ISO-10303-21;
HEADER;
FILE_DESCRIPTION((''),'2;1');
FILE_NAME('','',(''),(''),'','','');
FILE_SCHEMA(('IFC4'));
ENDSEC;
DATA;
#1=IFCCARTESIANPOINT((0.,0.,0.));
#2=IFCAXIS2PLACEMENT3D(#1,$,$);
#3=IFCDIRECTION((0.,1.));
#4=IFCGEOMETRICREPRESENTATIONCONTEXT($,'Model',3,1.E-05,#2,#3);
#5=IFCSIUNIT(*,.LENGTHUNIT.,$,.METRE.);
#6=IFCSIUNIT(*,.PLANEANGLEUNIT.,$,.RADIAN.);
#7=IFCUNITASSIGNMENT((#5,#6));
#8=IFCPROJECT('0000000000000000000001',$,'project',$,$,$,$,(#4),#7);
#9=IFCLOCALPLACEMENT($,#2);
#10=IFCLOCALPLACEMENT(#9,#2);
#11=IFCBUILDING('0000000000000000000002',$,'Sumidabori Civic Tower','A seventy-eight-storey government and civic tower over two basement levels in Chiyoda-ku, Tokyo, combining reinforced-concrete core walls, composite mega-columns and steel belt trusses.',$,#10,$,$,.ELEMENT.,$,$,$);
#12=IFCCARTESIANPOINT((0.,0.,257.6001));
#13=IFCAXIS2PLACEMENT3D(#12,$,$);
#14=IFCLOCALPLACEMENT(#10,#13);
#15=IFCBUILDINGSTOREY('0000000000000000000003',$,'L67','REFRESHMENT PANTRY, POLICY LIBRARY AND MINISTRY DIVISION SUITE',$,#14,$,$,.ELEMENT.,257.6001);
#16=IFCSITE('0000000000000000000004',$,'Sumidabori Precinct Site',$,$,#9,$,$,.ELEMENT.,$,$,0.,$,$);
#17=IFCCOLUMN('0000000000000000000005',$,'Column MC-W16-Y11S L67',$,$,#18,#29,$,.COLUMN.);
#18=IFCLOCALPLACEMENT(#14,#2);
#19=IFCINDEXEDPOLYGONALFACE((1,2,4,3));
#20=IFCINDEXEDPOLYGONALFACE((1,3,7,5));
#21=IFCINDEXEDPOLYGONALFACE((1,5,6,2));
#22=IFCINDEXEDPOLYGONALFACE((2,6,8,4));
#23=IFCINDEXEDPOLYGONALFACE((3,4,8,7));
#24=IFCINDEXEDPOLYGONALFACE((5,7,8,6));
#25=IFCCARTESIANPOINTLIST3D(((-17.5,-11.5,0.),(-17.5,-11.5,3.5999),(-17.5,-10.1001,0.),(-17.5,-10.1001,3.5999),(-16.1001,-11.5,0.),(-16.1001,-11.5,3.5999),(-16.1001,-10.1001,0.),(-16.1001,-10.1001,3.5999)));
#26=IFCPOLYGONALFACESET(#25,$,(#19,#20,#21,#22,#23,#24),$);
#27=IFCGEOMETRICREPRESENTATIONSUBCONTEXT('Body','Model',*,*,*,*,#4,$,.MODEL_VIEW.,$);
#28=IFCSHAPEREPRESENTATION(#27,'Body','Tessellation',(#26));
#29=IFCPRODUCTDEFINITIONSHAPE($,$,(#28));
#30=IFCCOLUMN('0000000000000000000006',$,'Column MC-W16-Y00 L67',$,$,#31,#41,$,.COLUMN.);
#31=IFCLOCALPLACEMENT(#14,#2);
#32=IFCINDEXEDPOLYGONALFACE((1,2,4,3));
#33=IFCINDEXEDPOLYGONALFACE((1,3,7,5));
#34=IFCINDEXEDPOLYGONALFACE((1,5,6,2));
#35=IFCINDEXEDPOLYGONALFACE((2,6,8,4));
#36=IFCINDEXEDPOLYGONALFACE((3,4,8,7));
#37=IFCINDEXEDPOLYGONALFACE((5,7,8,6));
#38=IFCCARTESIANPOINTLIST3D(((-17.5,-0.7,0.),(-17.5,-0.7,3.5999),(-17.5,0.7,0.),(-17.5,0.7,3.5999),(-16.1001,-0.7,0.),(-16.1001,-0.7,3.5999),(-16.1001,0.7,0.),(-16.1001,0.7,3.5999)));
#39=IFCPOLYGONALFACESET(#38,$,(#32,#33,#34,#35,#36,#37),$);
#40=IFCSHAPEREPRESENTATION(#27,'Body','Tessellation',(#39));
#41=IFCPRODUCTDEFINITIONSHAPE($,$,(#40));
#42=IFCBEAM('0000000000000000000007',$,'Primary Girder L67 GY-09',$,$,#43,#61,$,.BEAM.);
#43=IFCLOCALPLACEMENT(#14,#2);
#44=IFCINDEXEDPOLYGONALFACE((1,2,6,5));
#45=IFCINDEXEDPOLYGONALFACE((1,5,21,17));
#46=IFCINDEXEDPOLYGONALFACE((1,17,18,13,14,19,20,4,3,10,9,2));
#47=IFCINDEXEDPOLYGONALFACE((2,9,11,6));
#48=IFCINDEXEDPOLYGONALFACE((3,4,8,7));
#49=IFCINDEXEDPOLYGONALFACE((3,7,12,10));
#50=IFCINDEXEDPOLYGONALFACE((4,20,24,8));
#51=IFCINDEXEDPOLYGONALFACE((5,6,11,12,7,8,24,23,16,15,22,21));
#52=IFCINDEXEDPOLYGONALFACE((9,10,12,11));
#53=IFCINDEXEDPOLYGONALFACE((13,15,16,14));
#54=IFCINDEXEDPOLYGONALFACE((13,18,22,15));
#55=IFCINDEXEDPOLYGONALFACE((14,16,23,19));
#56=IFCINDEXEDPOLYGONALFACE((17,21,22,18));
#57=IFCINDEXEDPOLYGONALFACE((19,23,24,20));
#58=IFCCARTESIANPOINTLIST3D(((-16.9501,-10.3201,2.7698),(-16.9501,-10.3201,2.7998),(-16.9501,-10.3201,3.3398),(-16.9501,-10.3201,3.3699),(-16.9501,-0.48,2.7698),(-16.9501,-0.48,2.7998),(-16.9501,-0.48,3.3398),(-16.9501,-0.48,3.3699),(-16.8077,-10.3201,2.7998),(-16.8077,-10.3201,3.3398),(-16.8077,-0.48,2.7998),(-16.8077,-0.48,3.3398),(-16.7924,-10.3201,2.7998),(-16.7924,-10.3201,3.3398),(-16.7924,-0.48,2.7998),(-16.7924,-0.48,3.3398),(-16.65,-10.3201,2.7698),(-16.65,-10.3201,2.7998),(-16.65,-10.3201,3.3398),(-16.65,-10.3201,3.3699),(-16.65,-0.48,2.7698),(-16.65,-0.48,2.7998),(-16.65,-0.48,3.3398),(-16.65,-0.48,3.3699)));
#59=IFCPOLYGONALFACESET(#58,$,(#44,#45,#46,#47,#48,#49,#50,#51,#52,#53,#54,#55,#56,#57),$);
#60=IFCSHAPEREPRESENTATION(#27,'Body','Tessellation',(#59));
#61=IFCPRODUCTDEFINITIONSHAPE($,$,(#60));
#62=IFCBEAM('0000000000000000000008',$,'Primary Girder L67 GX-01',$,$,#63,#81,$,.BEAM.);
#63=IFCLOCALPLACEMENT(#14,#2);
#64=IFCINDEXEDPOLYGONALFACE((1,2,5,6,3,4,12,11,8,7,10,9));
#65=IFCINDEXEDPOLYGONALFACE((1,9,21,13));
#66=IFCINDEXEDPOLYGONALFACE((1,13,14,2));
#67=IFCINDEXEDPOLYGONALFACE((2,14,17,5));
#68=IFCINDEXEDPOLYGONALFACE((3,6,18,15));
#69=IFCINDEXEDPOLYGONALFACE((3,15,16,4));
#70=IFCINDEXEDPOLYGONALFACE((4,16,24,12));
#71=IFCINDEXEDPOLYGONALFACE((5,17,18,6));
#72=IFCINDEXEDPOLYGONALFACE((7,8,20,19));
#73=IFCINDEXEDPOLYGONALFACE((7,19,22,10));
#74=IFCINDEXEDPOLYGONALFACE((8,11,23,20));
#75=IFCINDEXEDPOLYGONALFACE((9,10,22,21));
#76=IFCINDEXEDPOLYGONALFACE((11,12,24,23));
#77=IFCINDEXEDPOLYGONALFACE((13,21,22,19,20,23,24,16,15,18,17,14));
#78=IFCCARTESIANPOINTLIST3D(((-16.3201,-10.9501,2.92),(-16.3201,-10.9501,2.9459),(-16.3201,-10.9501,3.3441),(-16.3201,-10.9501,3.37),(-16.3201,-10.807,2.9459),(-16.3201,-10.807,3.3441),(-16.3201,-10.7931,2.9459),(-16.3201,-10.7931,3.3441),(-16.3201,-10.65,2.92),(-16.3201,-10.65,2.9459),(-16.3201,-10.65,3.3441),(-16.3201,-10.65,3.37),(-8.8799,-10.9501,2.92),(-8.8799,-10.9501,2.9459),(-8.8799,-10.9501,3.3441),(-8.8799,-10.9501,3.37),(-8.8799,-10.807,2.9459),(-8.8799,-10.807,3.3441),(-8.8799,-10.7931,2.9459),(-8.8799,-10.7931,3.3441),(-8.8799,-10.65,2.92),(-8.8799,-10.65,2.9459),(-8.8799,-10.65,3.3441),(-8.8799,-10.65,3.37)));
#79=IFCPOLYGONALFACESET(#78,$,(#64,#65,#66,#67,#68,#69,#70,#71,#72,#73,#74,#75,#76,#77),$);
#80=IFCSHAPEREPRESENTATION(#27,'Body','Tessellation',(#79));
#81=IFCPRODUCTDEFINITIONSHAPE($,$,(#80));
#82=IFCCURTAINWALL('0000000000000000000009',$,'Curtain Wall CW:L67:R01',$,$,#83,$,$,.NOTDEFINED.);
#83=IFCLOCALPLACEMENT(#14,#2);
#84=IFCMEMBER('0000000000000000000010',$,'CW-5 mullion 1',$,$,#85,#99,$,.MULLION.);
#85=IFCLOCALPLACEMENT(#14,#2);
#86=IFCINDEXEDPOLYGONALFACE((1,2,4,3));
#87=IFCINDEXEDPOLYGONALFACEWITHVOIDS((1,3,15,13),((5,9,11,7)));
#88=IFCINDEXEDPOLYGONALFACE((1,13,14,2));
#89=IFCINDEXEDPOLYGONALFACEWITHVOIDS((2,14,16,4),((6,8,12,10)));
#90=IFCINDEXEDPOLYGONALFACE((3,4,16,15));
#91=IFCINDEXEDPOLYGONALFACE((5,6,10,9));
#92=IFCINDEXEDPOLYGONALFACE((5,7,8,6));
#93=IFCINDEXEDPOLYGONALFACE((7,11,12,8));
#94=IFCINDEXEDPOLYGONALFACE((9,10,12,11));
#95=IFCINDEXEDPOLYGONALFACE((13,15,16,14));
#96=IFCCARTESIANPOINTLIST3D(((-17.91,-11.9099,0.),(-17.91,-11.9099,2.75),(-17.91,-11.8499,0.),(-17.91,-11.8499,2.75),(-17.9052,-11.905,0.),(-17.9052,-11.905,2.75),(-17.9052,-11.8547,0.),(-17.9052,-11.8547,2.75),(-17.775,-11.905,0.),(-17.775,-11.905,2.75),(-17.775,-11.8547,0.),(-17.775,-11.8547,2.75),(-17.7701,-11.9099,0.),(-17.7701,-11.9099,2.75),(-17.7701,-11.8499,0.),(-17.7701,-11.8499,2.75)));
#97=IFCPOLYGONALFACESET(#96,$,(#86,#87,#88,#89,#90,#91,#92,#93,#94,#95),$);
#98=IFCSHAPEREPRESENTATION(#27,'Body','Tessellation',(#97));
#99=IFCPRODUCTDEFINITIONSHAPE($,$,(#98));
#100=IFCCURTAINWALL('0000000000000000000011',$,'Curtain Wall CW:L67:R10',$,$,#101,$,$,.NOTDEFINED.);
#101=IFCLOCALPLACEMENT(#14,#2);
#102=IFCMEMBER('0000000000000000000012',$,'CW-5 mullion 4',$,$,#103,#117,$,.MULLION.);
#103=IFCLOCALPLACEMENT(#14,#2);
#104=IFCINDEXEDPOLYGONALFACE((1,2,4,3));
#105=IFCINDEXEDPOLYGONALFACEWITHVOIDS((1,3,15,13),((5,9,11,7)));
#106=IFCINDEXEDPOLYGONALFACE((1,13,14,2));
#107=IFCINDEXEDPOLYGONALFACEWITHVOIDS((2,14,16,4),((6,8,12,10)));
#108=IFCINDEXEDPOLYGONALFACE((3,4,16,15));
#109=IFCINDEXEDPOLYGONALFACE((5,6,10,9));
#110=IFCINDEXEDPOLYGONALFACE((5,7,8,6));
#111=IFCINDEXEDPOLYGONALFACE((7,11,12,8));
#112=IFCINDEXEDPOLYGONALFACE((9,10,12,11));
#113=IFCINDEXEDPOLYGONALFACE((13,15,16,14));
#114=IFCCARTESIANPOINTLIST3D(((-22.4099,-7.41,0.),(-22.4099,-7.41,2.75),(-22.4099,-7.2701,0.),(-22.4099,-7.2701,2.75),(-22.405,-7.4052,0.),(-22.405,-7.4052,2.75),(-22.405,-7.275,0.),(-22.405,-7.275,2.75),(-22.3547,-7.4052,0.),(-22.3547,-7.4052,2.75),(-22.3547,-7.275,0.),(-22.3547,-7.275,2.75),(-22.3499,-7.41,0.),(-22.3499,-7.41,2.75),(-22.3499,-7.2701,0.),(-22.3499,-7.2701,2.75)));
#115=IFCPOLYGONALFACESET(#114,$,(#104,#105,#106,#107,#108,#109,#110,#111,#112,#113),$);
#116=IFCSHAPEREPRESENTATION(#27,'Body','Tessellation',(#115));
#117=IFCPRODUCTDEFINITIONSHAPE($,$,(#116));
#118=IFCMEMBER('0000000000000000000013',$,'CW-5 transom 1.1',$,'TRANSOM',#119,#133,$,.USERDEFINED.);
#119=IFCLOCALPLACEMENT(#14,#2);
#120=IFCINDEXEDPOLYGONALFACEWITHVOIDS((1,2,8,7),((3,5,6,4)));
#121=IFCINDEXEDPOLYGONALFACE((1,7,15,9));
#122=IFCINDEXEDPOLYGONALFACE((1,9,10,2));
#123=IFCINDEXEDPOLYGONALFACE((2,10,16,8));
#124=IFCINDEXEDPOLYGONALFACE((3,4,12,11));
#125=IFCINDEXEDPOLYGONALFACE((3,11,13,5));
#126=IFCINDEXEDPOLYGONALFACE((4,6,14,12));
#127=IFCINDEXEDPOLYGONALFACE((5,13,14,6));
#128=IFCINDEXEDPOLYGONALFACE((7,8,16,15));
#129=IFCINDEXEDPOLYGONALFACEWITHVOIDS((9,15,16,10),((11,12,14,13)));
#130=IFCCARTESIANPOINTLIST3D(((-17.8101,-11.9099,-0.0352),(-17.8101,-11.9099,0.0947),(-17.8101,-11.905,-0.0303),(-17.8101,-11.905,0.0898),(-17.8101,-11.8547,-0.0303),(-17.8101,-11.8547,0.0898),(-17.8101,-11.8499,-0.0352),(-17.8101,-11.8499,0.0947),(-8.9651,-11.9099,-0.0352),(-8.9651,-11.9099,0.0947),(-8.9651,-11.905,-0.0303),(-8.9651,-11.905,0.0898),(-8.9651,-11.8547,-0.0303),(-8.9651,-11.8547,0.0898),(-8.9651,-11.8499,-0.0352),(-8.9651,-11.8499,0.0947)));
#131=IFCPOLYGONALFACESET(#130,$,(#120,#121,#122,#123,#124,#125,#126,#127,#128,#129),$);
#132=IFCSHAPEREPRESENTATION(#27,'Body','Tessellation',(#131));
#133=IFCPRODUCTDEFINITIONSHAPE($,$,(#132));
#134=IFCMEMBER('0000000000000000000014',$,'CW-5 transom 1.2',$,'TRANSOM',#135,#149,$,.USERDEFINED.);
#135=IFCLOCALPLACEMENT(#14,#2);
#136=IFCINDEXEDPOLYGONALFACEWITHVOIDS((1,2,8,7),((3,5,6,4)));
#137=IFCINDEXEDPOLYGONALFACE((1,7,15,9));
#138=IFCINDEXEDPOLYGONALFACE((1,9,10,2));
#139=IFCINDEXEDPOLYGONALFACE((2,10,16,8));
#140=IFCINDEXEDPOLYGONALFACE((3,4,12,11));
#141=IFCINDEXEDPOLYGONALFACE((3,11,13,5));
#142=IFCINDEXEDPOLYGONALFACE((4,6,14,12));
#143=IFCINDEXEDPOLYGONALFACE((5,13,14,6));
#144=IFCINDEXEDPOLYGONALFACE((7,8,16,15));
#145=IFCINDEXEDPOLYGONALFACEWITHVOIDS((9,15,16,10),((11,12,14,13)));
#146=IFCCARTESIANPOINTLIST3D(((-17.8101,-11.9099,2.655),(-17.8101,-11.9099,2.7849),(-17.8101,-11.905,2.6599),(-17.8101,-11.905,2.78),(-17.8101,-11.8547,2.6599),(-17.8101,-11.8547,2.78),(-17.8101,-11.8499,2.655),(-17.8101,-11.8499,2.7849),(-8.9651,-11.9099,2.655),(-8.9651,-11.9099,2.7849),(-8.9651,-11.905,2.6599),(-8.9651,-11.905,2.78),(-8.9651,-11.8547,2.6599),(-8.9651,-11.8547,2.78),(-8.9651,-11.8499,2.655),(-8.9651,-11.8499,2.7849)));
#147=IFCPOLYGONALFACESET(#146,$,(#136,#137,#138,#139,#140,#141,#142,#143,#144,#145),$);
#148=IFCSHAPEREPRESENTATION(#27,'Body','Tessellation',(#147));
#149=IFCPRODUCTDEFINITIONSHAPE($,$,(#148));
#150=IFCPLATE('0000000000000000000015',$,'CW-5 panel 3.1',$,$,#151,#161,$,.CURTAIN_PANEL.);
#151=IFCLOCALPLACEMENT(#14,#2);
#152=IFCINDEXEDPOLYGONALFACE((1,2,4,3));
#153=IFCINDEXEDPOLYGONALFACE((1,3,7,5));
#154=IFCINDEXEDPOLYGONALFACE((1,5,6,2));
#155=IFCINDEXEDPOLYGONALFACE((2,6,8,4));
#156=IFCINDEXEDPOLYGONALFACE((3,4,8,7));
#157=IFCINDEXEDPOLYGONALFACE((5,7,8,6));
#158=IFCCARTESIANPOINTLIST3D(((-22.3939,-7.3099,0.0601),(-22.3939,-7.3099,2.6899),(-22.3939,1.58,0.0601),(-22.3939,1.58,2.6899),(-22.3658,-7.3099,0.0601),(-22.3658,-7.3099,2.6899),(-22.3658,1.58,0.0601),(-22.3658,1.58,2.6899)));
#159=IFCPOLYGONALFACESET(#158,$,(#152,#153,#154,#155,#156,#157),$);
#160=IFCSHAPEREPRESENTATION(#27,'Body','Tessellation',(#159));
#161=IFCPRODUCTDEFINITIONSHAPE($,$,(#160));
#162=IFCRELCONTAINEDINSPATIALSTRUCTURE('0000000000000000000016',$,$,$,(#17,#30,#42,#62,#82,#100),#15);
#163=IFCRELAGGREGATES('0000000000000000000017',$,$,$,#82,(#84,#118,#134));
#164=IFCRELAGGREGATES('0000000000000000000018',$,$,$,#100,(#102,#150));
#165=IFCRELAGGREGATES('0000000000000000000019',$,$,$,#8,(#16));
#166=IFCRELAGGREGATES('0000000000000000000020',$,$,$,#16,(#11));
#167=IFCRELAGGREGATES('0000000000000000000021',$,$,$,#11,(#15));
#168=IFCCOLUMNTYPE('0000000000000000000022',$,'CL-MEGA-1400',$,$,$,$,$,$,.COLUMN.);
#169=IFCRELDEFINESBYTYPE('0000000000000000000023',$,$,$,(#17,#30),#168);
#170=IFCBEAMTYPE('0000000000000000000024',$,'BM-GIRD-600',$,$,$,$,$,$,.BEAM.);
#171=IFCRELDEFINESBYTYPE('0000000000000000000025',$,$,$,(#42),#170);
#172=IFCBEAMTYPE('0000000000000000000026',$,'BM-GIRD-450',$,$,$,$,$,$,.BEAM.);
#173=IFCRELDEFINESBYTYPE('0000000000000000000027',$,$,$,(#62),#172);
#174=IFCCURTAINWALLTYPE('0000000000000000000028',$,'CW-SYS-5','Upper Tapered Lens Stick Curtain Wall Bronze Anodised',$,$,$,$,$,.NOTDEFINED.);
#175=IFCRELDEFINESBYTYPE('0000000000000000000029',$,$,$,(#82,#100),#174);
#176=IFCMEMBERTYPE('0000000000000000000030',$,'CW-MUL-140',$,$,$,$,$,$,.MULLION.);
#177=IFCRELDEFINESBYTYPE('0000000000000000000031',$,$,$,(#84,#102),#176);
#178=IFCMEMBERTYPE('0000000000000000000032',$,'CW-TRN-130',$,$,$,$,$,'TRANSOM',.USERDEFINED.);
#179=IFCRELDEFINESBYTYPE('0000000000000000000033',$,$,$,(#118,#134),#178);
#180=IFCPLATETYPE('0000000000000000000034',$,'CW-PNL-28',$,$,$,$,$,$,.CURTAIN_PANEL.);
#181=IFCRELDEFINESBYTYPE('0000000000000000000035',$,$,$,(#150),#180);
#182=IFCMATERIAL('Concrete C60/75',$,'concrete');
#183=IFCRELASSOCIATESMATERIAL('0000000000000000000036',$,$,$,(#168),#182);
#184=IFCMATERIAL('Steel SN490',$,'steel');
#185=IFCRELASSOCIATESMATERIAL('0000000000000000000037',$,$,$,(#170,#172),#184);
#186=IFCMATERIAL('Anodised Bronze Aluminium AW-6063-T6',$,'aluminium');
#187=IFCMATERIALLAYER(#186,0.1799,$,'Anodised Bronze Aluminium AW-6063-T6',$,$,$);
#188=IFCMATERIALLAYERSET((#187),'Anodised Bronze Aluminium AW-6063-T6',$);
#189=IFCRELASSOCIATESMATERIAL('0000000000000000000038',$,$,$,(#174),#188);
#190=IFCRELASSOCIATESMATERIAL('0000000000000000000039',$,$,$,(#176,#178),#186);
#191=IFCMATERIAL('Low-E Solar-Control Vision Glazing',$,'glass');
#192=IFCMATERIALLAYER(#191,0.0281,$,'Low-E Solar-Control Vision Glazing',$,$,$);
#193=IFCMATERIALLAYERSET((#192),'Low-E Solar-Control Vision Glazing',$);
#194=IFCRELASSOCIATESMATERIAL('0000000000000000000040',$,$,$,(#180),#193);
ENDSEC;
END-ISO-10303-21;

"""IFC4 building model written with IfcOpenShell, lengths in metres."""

from ifc_helpers import new_model, si_unit, direction, frame, origin, origin_2d, place, context, subcontext, project, spatial, rectangle, hollow_rectangle, i_section, extrude, source, transform, mapped, material, layer, layer_set, material_profile, profile_set, type_object, element, aggregate, save


model = new_model("IFC4")

# Units and contexts
model_context = context("Model", 3, precision=1e-05, world=origin(), true_north=direction((0.0, 1.0)))
body_context = subcontext(model_context, "Body", "Model", "MODEL_VIEW")
ifc_project = project(units=[si_unit("LENGTHUNIT", "METRE"), si_unit("PLANEANGLEUNIT", "RADIAN")], contexts=[model_context])

# Site, building, storey
site_placement = place(None, origin())
site = spatial("IfcSite", under=ifc_project, at=site_placement, Name="Sumidabori Precinct Site", CompositionType="ELEMENT", RefElevation=0.0)
building_placement = place(site_placement, origin())
building = spatial("IfcBuilding", under=site, at=building_placement, Name="Sumidabori Civic Tower", Description="A seventy-eight-storey government and civic tower over two basement levels in Chiyoda-ku, Tokyo, combining reinforced-concrete core walls, composite mega-columns and steel belt trusses.", CompositionType="ELEMENT")
storey_placement = place(building_placement, frame((0.0, 0.0, 257.6001)))
storey = spatial("IfcBuildingStorey", under=building, at=storey_placement, Name="L67", Description="REFRESHMENT PANTRY, POLICY LIBRARY AND MINISTRY DIVISION SUITE", CompositionType="ELEMENT", Elevation=257.6001)

# Columns
ifc_material_1 = material(Name="Concrete C60/75", Category="concrete")
ifc_material_profile_1 = material_profile(ifc_material_1, rectangle(XDim=1.3999, YDim=1.3999, at=origin_2d()), Name="RC 1400x1400")
ifc_profile_set_1 = profile_set([ifc_material_profile_1], Name="Concrete C60/75")
column_type = type_object("IfcColumnType", Name="CL-MEGA-1400", PredefinedType="COLUMN", material=ifc_profile_set_1)
shared_shape_1 = source(origin(), body_context, "Body", "SweptSolid", [
    extrude(rectangle(XDim=1.3999, YDim=1.3999, at=origin_2d()), origin(), (0.0, 0.0, 1.0), 3.5999),
])
for number, where, z_axis, x_axis, name in (
    (1, (-16.8, -10.8, 0.0), (0.0, 0.0, 1.0), (1.0, 0.0, 0.0), "Column MC-W16-Y11S L67"),
    (2, (-16.8, 0.0, 0.0), (0.0, 0.0, 1.0), (1.0, 0.0, 0.0), "Column MC-W16-Y00 L67"),
):
    element("IfcColumn", number, at=place(storey_placement, frame(where, z_axis=z_axis, x_axis=x_axis)), inside=storey, type_object=column_type, Name=name, PredefinedType="COLUMN", context=body_context, shape_type="MappedRepresentation", body=[
        mapped(shared_shape_1, transform((0.0, 0.0, 0.0), x_axis=(1.0, 0.0, 0.0), y_axis=(0.0, 1.0, 0.0), z_axis=(0.0, 0.0, 1.0), scale=1.0)),
    ])

# Beams
ifc_material_2 = material(Name="Steel SN490", Category="steel")
ifc_material_profile_2 = material_profile(ifc_material_2, i_section(OverallWidth=0.3, OverallDepth=0.6001, WebThickness=0.0154, FlangeThickness=0.03, at=origin_2d()), Name="HE 600 B")
ifc_profile_set_2 = profile_set([ifc_material_profile_2], Name="Steel SN490")
beam_type_1 = type_object("IfcBeamType", Name="BM-GIRD-600", PredefinedType="BEAM", material=ifc_profile_set_2)
shared_shape_2 = source(origin(), body_context, "Body", "SweptSolid", [
    extrude(i_section(OverallWidth=0.3, OverallDepth=0.6001, WebThickness=0.0154, FlangeThickness=0.03, at=origin_2d()), origin(), (0.0, 0.0, 1.0), 9.8401),
])
beam_1_placement = place(storey_placement, frame((-16.8, -10.3201, 3.0698), z_axis=(0.0, 1.0, 0.0), x_axis=(-1.0, 0.0, 0.0)))
element("IfcBeam", 3, at=beam_1_placement, inside=storey, type_object=beam_type_1, Name="Primary Girder L67 GY-09", PredefinedType="BEAM", context=body_context, shape_type="MappedRepresentation", body=[
    mapped(shared_shape_2, transform((0.0, 0.0, 0.0), x_axis=(1.0, 0.0, 0.0), y_axis=(0.0, 1.0, 0.0), z_axis=(0.0, 0.0, 1.0), scale=1.0)),
])
ifc_material_profile_3 = material_profile(ifc_material_2, i_section(OverallWidth=0.3, OverallDepth=0.45, WebThickness=0.0139, FlangeThickness=0.0259, at=origin_2d()), Name="HE 450 B")
ifc_profile_set_3 = profile_set([ifc_material_profile_3], Name="Steel SN490")
beam_type_2 = type_object("IfcBeamType", Name="BM-GIRD-450", PredefinedType="BEAM", material=ifc_profile_set_3)
shared_shape_3 = source(origin(), body_context, "Body", "SweptSolid", [
    extrude(i_section(OverallWidth=0.3, OverallDepth=0.45, WebThickness=0.0139, FlangeThickness=0.0259, at=origin_2d()), origin(), (0.0, 0.0, 1.0), 7.4402),
])
beam_2_placement = place(storey_placement, frame((-16.3201, -10.8, 3.145), z_axis=(1.0, 0.0, 0.0), x_axis=(0.0, 1.0, 0.0)))
element("IfcBeam", 4, at=beam_2_placement, inside=storey, type_object=beam_type_2, Name="Primary Girder L67 GX-01", PredefinedType="BEAM", context=body_context, shape_type="MappedRepresentation", body=[
    mapped(shared_shape_3, transform((0.0, 0.0, 0.0), x_axis=(1.0, 0.0, 0.0), y_axis=(0.0, 1.0, 0.0), z_axis=(0.0, 0.0, 1.0), scale=1.0)),
])

# Curtain walls, members
ifc_material_3 = material(Name="Anodised Bronze Aluminium AW-6063-T6", Category="aluminium")
ifc_layer_1 = layer(ifc_material_3, 0.1799, Name="Anodised Bronze Aluminium AW-6063-T6")
ifc_layer_set_1 = layer_set([ifc_layer_1], Name="Anodised Bronze Aluminium AW-6063-T6")
curtain_wall_type = type_object("IfcCurtainWallType", Name="CW-SYS-5", Description="Upper Tapered Lens Stick Curtain Wall Bronze Anodised", PredefinedType="NOTDEFINED", material=ifc_layer_set_1)
curtain_wall_1_placement = place(storey_placement, origin())
curtain_wall_1 = element("IfcCurtainWall", 5, at=curtain_wall_1_placement, inside=storey, type_object=curtain_wall_type, Name="Curtain Wall CW:L67:R01", PredefinedType="NOTDEFINED")
ifc_material_profile_4 = material_profile(ifc_material_3, hollow_rectangle(XDim=0.0601, YDim=0.1399, WallThickness=0.0049, at=origin_2d()), Name="ALU MULLION 140x60")
ifc_profile_set_4 = profile_set([ifc_material_profile_4], Name="Anodised Bronze Aluminium AW-6063-T6")
member_type_1 = type_object("IfcMemberType", Name="CW-MUL-140", PredefinedType="MULLION", material=ifc_profile_set_4)
shared_shape_4 = source(origin(), body_context, "Body", "SweptSolid", [
    extrude(hollow_rectangle(XDim=0.0601, YDim=0.1399, WallThickness=0.0049, at=origin_2d()), origin(), (0.0, 0.0, 1.0), 2.75),
])
member_1_placement = place(storey_placement, frame((-17.8401, -11.8799, 0.0), z_axis=(0.0, 0.0, 1.0), x_axis=(0.0, 1.0, 0.0)))
member_1 = element("IfcMember", 6, at=member_1_placement, type_object=member_type_1, Name="CW-5 mullion 1", PredefinedType="MULLION", context=body_context, shape_type="MappedRepresentation", body=[
    mapped(shared_shape_4, transform((0.0, 0.0, 0.0), x_axis=(1.0, 0.0, 0.0), y_axis=(0.0, 1.0, 0.0), z_axis=(0.0, 0.0, 1.0), scale=1.0)),
])
curtain_wall_2_placement = place(storey_placement, origin())
curtain_wall_2 = element("IfcCurtainWall", 7, at=curtain_wall_2_placement, inside=storey, type_object=curtain_wall_type, Name="Curtain Wall CW:L67:R10", PredefinedType="NOTDEFINED")
member_2_placement = place(storey_placement, frame((-22.3799, -7.3401, 0.0), z_axis=(0.0, 0.0, 1.0), x_axis=(1.0, 0.0, 0.0)))
member_2 = element("IfcMember", 8, at=member_2_placement, type_object=member_type_1, Name="CW-5 mullion 4", PredefinedType="MULLION", context=body_context, shape_type="MappedRepresentation", body=[
    mapped(shared_shape_4, transform((0.0, 0.0, 0.0), x_axis=(1.0, 0.0, 0.0), y_axis=(0.0, 1.0, 0.0), z_axis=(0.0, 0.0, 1.0), scale=1.0)),
])

# Members
ifc_material_profile_5 = material_profile(ifc_material_3, hollow_rectangle(XDim=0.0601, YDim=0.1299, WallThickness=0.0049, at=origin_2d()), Name="ALU TRANSOM 130x60")
ifc_profile_set_5 = profile_set([ifc_material_profile_5], Name="Anodised Bronze Aluminium AW-6063-T6")
member_type_2 = type_object("IfcMemberType", Name="CW-TRN-130", ElementType="TRANSOM", PredefinedType="USERDEFINED", material=ifc_profile_set_5)
shared_shape_5 = source(origin(), body_context, "Body", "SweptSolid", [
    extrude(hollow_rectangle(XDim=0.0601, YDim=0.1299, WallThickness=0.0049, at=origin_2d()), origin(), (0.0, 0.0, 1.0), 8.845),
])
member_3_placement = place(storey_placement, frame((-17.8101, -11.8799, 0.0298), z_axis=(1.0, 0.0, 0.0), x_axis=(0.0, 1.0, 0.0)))
member_3 = element("IfcMember", 9, at=member_3_placement, type_object=member_type_2, Name="CW-5 transom 1.1", ObjectType="TRANSOM", PredefinedType="USERDEFINED", context=body_context, shape_type="MappedRepresentation", body=[
    mapped(shared_shape_5, transform((0.0, 0.0, 0.0), x_axis=(1.0, 0.0, 0.0), y_axis=(0.0, 1.0, 0.0), z_axis=(0.0, 0.0, 1.0), scale=1.0)),
])
member_4_placement = place(storey_placement, frame((-17.8101, -11.8799, 2.72), z_axis=(1.0, 0.0, 0.0), x_axis=(0.0, 1.0, 0.0)))
member_4 = element("IfcMember", 10, at=member_4_placement, type_object=member_type_2, Name="CW-5 transom 1.2", ObjectType="TRANSOM", PredefinedType="USERDEFINED", context=body_context, shape_type="MappedRepresentation", body=[
    mapped(shared_shape_5, transform((0.0, 0.0, 0.0), x_axis=(1.0, 0.0, 0.0), y_axis=(0.0, 1.0, 0.0), z_axis=(0.0, 0.0, 1.0), scale=1.0)),
])
aggregate(curtain_wall_1, [member_1, member_3, member_4])

# Plate
ifc_material_4 = material(Name="Low-E Solar-Control Vision Glazing", Category="glass")
ifc_layer_2 = layer(ifc_material_4, 0.0281, Name="Low-E Solar-Control Vision Glazing")
ifc_layer_set_2 = layer_set([ifc_layer_2], Name="Low-E Solar-Control Vision Glazing")
plate_type = type_object("IfcPlateType", Name="CW-PNL-28", PredefinedType="CURTAIN_PANEL", material=ifc_layer_set_2)
shared_shape_6 = source(origin(), body_context, "Body", "SweptSolid", [
    extrude(rectangle(XDim=8.8899, YDim=0.0281, at=origin_2d()), origin(), (0.0, 0.0, 1.0), 2.6299),
])
plate_placement = place(storey_placement, frame((-22.3799, -2.865, 0.0601), z_axis=(0.0, 0.0, 1.0), x_axis=(0.0, -1.0, 0.0)))
plate = element("IfcPlate", 11, at=plate_placement, type_object=plate_type, Name="CW-5 panel 3.1", PredefinedType="CURTAIN_PANEL", context=body_context, shape_type="MappedRepresentation", body=[
    mapped(shared_shape_6, transform((0.0, 0.0, 0.0), x_axis=(1.0, 0.0, 0.0), y_axis=(0.0, 1.0, 0.0), z_axis=(0.0, 0.0, 1.0), scale=1.0)),
])
aggregate(curtain_wall_2, [member_2, plate])

save(model, "model.ifc")
